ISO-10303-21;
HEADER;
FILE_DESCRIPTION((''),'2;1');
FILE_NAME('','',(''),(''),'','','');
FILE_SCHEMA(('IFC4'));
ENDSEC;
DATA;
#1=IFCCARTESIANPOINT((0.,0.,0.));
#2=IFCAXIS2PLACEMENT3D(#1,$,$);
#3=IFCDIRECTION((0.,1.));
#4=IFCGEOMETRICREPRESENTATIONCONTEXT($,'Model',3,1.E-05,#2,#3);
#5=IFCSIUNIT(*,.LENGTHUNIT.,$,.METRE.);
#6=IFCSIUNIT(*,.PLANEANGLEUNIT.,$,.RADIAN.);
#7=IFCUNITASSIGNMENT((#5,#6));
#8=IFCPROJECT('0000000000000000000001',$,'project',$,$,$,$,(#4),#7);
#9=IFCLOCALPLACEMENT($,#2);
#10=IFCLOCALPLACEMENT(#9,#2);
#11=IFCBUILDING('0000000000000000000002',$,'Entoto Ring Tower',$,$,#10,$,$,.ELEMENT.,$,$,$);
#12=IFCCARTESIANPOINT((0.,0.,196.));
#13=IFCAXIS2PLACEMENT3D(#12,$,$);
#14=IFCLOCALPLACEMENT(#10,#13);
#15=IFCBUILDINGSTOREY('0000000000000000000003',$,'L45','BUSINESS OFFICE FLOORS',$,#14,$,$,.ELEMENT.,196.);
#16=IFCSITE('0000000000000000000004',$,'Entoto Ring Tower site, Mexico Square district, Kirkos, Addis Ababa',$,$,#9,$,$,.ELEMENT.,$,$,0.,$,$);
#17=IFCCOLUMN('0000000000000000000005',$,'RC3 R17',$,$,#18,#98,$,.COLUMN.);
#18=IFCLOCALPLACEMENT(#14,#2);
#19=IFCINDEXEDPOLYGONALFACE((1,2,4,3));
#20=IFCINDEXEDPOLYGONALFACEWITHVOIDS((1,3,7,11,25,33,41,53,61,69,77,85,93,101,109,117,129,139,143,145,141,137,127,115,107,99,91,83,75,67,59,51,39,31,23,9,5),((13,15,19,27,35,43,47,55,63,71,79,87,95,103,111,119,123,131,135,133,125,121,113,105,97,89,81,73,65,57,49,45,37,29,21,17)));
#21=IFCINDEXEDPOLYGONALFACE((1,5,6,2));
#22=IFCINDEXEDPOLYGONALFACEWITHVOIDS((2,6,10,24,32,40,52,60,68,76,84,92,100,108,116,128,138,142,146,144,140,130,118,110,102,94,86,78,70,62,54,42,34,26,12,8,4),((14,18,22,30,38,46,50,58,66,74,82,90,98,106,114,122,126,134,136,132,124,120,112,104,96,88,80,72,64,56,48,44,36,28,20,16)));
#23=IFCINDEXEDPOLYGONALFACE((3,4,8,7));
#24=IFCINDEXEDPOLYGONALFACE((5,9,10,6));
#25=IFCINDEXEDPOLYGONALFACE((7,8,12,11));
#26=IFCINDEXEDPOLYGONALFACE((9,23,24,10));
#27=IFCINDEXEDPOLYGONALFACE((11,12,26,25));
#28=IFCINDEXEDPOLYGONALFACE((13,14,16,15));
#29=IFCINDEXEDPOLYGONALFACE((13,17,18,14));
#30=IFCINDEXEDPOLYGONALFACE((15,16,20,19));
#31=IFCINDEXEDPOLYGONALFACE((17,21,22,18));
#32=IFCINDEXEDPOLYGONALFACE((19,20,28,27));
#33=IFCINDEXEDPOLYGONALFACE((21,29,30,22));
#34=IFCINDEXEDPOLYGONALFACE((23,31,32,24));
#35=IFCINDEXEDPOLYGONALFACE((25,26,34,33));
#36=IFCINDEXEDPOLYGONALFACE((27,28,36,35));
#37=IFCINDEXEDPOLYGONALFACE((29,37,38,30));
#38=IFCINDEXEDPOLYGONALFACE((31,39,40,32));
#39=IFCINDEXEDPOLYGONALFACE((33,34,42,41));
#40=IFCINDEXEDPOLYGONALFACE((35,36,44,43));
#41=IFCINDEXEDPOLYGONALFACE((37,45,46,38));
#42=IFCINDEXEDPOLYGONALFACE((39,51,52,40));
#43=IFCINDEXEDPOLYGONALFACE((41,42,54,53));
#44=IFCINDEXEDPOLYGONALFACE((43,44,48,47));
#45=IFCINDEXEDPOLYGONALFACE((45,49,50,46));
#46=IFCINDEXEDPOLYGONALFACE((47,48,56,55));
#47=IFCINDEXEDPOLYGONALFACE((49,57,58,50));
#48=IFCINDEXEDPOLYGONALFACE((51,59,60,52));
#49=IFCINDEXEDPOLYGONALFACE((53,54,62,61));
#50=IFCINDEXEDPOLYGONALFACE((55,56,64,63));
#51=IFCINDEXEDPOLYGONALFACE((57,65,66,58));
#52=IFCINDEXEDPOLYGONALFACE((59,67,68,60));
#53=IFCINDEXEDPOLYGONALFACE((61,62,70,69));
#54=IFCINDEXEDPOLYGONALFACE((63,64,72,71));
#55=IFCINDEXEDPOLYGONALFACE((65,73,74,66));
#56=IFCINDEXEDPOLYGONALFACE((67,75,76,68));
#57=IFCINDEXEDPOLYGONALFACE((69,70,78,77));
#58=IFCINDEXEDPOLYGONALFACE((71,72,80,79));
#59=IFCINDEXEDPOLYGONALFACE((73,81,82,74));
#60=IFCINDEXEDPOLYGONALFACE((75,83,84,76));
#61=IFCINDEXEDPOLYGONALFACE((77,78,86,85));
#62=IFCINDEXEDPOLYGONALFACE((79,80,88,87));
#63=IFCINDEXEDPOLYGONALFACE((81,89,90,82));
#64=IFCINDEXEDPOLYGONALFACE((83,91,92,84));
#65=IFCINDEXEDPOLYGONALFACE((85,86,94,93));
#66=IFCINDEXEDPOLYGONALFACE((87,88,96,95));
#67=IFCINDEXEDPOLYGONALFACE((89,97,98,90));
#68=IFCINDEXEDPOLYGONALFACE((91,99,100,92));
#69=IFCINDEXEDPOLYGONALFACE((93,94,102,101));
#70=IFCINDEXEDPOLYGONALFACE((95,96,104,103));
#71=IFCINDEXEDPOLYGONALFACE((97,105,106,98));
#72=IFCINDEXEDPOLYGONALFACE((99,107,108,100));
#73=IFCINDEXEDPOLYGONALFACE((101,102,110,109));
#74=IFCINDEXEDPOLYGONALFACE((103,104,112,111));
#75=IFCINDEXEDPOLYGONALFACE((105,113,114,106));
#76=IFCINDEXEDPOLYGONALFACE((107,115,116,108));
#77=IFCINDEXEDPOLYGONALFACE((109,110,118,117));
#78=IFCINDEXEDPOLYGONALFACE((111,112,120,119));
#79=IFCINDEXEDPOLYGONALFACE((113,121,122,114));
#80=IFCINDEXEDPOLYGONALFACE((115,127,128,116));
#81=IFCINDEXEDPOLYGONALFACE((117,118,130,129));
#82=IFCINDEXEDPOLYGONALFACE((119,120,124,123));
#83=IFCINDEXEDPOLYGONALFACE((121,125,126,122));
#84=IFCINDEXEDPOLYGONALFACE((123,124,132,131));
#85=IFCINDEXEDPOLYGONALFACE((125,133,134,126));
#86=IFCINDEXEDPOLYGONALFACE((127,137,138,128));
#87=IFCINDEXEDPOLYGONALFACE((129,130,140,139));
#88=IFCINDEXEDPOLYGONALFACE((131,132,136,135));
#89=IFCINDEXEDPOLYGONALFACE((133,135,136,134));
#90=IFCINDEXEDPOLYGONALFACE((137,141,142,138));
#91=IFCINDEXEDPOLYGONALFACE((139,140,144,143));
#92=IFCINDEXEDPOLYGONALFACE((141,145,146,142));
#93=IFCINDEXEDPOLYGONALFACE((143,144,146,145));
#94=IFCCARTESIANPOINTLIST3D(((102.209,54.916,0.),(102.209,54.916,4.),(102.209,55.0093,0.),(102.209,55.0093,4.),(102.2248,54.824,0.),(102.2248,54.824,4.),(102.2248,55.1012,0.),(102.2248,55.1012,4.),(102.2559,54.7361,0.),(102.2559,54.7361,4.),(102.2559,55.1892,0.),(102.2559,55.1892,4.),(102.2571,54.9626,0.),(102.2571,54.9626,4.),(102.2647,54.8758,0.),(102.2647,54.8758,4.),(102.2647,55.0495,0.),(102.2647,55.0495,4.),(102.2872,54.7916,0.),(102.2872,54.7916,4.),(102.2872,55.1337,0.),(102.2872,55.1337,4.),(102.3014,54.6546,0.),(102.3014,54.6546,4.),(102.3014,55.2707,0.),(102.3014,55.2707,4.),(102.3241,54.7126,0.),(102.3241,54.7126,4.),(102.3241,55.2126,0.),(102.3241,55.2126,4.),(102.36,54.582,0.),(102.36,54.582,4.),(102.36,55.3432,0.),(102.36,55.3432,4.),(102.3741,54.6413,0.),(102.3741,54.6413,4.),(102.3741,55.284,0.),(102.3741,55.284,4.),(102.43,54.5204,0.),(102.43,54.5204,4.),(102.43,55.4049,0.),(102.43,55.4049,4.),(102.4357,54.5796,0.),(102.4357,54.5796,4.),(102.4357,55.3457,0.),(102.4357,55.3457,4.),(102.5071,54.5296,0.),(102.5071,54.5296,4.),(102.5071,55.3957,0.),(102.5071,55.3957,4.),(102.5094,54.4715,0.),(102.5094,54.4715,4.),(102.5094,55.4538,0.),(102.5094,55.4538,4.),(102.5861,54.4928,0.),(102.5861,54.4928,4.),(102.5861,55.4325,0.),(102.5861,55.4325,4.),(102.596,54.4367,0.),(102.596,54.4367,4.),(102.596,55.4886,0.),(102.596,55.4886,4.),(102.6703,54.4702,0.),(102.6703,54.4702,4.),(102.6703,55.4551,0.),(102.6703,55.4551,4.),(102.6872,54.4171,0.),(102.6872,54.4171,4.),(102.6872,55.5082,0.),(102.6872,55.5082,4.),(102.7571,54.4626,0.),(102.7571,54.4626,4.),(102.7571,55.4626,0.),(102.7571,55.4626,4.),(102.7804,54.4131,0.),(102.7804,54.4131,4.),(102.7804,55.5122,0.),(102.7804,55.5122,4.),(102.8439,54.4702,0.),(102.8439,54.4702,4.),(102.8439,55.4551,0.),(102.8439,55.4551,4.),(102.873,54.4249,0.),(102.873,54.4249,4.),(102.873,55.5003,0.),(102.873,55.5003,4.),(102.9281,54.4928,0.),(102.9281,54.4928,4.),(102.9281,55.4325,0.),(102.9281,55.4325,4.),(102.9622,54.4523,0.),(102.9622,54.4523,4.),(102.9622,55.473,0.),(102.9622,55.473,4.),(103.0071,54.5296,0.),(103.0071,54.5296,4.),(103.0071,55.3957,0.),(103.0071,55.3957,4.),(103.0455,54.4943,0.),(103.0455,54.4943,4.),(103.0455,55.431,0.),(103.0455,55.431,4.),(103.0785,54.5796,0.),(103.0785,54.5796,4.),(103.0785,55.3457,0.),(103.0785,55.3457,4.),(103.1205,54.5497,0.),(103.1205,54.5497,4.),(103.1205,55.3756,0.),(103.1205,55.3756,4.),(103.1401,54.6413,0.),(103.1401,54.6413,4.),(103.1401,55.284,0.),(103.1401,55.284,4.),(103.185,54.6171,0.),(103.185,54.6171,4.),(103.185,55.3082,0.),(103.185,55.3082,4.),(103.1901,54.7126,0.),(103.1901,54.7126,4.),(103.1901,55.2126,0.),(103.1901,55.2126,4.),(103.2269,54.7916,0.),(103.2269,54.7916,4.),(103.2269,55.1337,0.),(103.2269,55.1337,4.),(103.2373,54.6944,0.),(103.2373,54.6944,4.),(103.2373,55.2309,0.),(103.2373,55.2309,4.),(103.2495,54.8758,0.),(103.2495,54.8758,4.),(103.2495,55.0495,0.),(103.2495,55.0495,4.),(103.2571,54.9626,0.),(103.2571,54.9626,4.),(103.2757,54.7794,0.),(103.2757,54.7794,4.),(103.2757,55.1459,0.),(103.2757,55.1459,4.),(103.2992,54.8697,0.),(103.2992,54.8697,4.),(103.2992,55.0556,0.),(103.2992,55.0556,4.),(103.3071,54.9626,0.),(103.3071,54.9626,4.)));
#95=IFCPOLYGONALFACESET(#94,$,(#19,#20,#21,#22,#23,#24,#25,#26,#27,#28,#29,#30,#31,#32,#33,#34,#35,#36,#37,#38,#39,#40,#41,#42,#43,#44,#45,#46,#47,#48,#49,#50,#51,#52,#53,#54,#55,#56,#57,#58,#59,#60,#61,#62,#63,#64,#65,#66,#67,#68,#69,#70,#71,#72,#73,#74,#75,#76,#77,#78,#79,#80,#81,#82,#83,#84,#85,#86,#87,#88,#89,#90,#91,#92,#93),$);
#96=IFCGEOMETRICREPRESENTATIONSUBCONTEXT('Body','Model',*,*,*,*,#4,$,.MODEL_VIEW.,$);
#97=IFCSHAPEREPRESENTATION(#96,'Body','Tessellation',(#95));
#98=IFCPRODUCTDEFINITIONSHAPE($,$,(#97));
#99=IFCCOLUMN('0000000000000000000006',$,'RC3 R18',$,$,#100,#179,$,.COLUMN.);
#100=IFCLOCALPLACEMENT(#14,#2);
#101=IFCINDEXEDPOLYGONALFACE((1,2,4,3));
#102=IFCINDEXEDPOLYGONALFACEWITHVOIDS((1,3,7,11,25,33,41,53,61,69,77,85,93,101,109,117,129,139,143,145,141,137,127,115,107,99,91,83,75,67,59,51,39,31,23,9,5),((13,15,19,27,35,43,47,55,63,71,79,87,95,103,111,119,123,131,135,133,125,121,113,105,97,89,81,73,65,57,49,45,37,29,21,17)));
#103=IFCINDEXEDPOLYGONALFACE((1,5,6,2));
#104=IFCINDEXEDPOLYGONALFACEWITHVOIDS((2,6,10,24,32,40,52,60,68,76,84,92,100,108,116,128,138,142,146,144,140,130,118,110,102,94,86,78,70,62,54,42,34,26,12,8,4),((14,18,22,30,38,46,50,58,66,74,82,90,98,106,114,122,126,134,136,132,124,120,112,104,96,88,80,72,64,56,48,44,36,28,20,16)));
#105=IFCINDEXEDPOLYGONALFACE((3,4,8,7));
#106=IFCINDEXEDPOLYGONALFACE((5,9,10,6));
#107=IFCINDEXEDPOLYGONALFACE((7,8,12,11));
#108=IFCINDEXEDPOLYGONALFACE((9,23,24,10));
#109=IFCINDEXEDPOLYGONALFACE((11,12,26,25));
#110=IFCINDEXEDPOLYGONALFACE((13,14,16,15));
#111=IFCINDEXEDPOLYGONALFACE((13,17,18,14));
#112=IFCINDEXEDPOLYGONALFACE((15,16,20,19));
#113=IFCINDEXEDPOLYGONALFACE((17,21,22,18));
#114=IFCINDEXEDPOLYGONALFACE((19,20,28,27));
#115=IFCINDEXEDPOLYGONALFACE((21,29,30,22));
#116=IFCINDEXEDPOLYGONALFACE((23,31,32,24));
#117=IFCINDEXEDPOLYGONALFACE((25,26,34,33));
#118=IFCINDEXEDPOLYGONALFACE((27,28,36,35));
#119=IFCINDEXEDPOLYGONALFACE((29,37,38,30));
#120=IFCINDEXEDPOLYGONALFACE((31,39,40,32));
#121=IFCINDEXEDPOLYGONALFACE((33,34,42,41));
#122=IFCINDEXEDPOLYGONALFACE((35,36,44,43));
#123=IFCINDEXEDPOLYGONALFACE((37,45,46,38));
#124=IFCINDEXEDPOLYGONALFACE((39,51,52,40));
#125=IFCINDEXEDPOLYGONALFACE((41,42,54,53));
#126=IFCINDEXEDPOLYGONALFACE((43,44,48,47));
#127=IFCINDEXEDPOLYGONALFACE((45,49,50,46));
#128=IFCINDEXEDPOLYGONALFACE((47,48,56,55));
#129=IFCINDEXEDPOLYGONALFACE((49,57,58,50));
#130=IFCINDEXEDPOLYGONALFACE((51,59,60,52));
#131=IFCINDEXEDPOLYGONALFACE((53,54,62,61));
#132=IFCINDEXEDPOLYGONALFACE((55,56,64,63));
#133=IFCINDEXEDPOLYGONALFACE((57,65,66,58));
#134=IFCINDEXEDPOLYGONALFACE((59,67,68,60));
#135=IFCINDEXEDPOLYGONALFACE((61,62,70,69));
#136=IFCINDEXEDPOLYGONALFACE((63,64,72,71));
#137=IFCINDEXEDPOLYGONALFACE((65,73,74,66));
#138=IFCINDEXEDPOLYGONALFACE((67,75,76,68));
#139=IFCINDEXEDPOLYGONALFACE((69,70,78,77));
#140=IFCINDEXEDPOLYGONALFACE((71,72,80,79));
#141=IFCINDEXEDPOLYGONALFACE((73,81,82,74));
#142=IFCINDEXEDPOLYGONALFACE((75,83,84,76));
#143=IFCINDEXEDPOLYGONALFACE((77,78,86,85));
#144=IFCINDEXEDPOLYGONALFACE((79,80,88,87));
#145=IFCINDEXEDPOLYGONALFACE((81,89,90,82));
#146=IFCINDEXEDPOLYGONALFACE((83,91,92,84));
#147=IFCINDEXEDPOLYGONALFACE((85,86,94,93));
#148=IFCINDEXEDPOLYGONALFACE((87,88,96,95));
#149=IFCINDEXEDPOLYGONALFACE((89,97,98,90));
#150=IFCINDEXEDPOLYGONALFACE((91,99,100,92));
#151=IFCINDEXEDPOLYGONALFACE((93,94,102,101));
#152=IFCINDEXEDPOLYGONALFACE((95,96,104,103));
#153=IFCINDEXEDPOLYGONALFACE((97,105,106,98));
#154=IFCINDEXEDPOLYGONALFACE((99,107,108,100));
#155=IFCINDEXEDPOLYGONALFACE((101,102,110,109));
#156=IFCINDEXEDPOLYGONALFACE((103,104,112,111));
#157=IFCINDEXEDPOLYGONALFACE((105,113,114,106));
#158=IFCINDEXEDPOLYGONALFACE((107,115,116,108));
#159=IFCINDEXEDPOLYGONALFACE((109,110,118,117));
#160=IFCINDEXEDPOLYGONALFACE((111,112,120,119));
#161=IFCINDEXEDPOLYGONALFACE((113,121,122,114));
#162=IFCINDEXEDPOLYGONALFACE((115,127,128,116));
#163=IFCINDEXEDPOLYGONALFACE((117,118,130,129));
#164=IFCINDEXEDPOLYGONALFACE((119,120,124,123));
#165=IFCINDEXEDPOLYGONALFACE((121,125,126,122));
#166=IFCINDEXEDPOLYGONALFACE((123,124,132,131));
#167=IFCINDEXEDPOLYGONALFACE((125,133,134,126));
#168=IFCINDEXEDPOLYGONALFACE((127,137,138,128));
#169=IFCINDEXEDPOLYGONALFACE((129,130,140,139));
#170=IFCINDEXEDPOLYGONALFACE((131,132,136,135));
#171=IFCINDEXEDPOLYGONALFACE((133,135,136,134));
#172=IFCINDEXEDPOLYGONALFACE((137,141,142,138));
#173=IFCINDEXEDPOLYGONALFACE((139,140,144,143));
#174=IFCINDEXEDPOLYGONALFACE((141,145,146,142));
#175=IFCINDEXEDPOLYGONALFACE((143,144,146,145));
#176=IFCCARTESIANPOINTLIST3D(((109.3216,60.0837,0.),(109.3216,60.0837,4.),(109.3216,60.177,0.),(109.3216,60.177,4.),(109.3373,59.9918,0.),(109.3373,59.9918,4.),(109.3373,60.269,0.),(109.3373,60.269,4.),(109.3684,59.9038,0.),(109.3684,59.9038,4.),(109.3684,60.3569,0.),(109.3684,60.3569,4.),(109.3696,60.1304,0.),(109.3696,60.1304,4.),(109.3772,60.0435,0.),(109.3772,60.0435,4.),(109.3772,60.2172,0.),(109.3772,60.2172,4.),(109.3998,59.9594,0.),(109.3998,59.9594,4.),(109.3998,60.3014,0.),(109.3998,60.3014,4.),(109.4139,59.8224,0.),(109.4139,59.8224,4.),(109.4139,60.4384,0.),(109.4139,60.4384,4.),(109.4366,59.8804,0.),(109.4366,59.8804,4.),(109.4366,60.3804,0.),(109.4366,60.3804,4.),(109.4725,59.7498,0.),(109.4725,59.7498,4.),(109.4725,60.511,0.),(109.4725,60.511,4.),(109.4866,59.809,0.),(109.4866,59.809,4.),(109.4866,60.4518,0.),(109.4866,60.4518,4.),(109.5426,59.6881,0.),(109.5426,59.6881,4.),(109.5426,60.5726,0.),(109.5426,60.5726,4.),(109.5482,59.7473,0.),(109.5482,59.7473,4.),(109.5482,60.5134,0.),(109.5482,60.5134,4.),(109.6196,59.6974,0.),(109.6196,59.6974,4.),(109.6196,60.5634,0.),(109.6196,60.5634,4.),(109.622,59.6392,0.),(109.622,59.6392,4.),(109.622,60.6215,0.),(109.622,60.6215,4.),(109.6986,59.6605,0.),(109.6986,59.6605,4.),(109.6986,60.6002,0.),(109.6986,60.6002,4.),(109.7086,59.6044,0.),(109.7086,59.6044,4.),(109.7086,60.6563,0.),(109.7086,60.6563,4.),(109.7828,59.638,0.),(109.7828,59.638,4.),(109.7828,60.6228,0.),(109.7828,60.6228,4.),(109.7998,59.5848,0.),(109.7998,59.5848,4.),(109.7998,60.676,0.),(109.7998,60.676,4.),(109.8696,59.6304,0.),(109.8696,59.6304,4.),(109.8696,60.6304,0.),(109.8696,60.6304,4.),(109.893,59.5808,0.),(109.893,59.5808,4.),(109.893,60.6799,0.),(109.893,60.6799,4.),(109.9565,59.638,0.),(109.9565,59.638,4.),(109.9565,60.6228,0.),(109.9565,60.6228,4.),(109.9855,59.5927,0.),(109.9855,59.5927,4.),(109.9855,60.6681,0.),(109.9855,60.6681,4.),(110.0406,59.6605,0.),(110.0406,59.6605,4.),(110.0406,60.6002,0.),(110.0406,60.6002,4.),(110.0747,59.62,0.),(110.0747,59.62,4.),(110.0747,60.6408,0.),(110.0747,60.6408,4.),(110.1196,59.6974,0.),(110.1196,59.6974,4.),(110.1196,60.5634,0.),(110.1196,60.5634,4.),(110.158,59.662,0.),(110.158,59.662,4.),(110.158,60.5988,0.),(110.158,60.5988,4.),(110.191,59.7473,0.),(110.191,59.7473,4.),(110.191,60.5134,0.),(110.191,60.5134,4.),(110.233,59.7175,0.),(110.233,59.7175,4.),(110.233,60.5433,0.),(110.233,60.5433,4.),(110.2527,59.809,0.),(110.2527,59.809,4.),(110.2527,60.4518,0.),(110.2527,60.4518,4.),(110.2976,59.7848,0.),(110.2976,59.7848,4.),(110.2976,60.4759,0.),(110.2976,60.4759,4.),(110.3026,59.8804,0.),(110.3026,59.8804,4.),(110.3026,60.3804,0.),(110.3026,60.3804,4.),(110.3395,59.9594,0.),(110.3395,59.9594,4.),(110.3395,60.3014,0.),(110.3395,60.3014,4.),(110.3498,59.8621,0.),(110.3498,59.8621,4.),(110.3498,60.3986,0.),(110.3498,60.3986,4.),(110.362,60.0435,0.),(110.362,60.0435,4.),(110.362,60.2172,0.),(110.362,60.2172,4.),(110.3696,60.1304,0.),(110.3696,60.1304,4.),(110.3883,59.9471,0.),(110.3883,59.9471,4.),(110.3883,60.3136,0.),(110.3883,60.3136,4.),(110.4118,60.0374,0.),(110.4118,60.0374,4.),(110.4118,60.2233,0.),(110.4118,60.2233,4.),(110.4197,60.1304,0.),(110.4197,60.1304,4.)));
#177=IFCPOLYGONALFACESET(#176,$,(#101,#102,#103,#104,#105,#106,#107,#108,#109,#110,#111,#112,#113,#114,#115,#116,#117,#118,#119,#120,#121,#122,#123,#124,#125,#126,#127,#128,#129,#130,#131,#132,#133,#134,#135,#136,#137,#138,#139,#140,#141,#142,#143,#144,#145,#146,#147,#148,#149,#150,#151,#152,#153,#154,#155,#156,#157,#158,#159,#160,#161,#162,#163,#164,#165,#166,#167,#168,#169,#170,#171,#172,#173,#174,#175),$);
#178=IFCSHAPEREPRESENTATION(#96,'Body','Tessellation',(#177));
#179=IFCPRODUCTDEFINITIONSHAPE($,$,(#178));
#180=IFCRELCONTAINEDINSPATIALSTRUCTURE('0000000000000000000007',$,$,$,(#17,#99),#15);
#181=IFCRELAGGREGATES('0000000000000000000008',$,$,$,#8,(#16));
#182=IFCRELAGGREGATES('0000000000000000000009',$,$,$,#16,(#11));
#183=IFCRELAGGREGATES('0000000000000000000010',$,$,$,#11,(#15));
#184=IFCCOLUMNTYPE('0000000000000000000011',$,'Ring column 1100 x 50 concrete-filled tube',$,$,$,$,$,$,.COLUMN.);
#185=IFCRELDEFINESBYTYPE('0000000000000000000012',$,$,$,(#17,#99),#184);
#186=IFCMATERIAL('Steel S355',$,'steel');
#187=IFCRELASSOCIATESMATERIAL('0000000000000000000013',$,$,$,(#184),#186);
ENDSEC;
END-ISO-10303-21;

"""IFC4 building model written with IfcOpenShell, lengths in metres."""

from ifc_helpers import new_model, si_unit, direction, frame, origin, origin_2d, place, context, subcontext, project, spatial, circle, hollow_circle, extrude, material, material_profile, profile_set, type_object, element, save


model = new_model("IFC4")

# Units and contexts
model_context = context("Model", 3, precision=1e-05, world=origin(), true_north=direction((0.0, 1.0)))
body_context = subcontext(model_context, "Body", "Model", "MODEL_VIEW")
ifc_project = project(units=[si_unit("LENGTHUNIT", "METRE"), si_unit("PLANEANGLEUNIT", "RADIAN")], contexts=[model_context])

# Site, building, storey
site_placement = place(None, origin())
site = spatial("IfcSite", under=ifc_project, at=site_placement, Name="Entoto Ring Tower site, Mexico Square district, Kirkos, Addis Ababa", CompositionType="ELEMENT", RefElevation=0.0)
building_placement = place(site_placement, origin())
building = spatial("IfcBuilding", under=site, at=building_placement, Name="Entoto Ring Tower", CompositionType="ELEMENT")
storey_placement = place(building_placement, frame((0.0, 0.0, 196.0)))
storey = spatial("IfcBuildingStorey", under=building, at=storey_placement, Name="L45", Description="BUSINESS OFFICE FLOORS", CompositionType="ELEMENT", Elevation=196.0)

# Columns
ifc_material_1 = material(Name="Steel S355", Category="steel")
ifc_material_profile_1 = material_profile(ifc_material_1, hollow_circle(Radius=0.55, WallThickness=0.05, at=origin_2d()), Name="CHS 1100 x 50")
ifc_material_2 = material(Name="Concrete C60/75", Category="concrete")
ifc_material_profile_2 = material_profile(ifc_material_2, circle(Radius=0.5, at=origin_2d()), Name="Concrete C60/75 infill")
ifc_profile_set_1 = profile_set([ifc_material_profile_1, ifc_material_profile_2], Name="Steel S355")
column_type = type_object("IfcColumnType", Name="Ring column 1100 x 50 concrete-filled tube", PredefinedType="COLUMN", material=ifc_profile_set_1)
for number, where, z_axis, x_axis, name in (
    (1, (102.7571, 54.9626, 0.0), (0.0, 0.0, 1.0), (1.0, 0.0, 0.0), "RC3 R17"),
    (2, (109.8696, 60.1304, 0.0), (0.0, 0.0, 1.0), (1.0, 0.0, 0.0), "RC3 R18"),
):
    element("IfcColumn", number, at=place(storey_placement, frame(where, z_axis=z_axis, x_axis=x_axis)), inside=storey, type_object=column_type, Name=name, PredefinedType="COLUMN", context=body_context, shape_type="SweptSolid", body=[
        extrude(hollow_circle(Radius=0.55, WallThickness=0.05, at=origin_2d()), origin(), (0.0, 0.0, 1.0), 4.0),
    ])

save(model, "model.ifc")
